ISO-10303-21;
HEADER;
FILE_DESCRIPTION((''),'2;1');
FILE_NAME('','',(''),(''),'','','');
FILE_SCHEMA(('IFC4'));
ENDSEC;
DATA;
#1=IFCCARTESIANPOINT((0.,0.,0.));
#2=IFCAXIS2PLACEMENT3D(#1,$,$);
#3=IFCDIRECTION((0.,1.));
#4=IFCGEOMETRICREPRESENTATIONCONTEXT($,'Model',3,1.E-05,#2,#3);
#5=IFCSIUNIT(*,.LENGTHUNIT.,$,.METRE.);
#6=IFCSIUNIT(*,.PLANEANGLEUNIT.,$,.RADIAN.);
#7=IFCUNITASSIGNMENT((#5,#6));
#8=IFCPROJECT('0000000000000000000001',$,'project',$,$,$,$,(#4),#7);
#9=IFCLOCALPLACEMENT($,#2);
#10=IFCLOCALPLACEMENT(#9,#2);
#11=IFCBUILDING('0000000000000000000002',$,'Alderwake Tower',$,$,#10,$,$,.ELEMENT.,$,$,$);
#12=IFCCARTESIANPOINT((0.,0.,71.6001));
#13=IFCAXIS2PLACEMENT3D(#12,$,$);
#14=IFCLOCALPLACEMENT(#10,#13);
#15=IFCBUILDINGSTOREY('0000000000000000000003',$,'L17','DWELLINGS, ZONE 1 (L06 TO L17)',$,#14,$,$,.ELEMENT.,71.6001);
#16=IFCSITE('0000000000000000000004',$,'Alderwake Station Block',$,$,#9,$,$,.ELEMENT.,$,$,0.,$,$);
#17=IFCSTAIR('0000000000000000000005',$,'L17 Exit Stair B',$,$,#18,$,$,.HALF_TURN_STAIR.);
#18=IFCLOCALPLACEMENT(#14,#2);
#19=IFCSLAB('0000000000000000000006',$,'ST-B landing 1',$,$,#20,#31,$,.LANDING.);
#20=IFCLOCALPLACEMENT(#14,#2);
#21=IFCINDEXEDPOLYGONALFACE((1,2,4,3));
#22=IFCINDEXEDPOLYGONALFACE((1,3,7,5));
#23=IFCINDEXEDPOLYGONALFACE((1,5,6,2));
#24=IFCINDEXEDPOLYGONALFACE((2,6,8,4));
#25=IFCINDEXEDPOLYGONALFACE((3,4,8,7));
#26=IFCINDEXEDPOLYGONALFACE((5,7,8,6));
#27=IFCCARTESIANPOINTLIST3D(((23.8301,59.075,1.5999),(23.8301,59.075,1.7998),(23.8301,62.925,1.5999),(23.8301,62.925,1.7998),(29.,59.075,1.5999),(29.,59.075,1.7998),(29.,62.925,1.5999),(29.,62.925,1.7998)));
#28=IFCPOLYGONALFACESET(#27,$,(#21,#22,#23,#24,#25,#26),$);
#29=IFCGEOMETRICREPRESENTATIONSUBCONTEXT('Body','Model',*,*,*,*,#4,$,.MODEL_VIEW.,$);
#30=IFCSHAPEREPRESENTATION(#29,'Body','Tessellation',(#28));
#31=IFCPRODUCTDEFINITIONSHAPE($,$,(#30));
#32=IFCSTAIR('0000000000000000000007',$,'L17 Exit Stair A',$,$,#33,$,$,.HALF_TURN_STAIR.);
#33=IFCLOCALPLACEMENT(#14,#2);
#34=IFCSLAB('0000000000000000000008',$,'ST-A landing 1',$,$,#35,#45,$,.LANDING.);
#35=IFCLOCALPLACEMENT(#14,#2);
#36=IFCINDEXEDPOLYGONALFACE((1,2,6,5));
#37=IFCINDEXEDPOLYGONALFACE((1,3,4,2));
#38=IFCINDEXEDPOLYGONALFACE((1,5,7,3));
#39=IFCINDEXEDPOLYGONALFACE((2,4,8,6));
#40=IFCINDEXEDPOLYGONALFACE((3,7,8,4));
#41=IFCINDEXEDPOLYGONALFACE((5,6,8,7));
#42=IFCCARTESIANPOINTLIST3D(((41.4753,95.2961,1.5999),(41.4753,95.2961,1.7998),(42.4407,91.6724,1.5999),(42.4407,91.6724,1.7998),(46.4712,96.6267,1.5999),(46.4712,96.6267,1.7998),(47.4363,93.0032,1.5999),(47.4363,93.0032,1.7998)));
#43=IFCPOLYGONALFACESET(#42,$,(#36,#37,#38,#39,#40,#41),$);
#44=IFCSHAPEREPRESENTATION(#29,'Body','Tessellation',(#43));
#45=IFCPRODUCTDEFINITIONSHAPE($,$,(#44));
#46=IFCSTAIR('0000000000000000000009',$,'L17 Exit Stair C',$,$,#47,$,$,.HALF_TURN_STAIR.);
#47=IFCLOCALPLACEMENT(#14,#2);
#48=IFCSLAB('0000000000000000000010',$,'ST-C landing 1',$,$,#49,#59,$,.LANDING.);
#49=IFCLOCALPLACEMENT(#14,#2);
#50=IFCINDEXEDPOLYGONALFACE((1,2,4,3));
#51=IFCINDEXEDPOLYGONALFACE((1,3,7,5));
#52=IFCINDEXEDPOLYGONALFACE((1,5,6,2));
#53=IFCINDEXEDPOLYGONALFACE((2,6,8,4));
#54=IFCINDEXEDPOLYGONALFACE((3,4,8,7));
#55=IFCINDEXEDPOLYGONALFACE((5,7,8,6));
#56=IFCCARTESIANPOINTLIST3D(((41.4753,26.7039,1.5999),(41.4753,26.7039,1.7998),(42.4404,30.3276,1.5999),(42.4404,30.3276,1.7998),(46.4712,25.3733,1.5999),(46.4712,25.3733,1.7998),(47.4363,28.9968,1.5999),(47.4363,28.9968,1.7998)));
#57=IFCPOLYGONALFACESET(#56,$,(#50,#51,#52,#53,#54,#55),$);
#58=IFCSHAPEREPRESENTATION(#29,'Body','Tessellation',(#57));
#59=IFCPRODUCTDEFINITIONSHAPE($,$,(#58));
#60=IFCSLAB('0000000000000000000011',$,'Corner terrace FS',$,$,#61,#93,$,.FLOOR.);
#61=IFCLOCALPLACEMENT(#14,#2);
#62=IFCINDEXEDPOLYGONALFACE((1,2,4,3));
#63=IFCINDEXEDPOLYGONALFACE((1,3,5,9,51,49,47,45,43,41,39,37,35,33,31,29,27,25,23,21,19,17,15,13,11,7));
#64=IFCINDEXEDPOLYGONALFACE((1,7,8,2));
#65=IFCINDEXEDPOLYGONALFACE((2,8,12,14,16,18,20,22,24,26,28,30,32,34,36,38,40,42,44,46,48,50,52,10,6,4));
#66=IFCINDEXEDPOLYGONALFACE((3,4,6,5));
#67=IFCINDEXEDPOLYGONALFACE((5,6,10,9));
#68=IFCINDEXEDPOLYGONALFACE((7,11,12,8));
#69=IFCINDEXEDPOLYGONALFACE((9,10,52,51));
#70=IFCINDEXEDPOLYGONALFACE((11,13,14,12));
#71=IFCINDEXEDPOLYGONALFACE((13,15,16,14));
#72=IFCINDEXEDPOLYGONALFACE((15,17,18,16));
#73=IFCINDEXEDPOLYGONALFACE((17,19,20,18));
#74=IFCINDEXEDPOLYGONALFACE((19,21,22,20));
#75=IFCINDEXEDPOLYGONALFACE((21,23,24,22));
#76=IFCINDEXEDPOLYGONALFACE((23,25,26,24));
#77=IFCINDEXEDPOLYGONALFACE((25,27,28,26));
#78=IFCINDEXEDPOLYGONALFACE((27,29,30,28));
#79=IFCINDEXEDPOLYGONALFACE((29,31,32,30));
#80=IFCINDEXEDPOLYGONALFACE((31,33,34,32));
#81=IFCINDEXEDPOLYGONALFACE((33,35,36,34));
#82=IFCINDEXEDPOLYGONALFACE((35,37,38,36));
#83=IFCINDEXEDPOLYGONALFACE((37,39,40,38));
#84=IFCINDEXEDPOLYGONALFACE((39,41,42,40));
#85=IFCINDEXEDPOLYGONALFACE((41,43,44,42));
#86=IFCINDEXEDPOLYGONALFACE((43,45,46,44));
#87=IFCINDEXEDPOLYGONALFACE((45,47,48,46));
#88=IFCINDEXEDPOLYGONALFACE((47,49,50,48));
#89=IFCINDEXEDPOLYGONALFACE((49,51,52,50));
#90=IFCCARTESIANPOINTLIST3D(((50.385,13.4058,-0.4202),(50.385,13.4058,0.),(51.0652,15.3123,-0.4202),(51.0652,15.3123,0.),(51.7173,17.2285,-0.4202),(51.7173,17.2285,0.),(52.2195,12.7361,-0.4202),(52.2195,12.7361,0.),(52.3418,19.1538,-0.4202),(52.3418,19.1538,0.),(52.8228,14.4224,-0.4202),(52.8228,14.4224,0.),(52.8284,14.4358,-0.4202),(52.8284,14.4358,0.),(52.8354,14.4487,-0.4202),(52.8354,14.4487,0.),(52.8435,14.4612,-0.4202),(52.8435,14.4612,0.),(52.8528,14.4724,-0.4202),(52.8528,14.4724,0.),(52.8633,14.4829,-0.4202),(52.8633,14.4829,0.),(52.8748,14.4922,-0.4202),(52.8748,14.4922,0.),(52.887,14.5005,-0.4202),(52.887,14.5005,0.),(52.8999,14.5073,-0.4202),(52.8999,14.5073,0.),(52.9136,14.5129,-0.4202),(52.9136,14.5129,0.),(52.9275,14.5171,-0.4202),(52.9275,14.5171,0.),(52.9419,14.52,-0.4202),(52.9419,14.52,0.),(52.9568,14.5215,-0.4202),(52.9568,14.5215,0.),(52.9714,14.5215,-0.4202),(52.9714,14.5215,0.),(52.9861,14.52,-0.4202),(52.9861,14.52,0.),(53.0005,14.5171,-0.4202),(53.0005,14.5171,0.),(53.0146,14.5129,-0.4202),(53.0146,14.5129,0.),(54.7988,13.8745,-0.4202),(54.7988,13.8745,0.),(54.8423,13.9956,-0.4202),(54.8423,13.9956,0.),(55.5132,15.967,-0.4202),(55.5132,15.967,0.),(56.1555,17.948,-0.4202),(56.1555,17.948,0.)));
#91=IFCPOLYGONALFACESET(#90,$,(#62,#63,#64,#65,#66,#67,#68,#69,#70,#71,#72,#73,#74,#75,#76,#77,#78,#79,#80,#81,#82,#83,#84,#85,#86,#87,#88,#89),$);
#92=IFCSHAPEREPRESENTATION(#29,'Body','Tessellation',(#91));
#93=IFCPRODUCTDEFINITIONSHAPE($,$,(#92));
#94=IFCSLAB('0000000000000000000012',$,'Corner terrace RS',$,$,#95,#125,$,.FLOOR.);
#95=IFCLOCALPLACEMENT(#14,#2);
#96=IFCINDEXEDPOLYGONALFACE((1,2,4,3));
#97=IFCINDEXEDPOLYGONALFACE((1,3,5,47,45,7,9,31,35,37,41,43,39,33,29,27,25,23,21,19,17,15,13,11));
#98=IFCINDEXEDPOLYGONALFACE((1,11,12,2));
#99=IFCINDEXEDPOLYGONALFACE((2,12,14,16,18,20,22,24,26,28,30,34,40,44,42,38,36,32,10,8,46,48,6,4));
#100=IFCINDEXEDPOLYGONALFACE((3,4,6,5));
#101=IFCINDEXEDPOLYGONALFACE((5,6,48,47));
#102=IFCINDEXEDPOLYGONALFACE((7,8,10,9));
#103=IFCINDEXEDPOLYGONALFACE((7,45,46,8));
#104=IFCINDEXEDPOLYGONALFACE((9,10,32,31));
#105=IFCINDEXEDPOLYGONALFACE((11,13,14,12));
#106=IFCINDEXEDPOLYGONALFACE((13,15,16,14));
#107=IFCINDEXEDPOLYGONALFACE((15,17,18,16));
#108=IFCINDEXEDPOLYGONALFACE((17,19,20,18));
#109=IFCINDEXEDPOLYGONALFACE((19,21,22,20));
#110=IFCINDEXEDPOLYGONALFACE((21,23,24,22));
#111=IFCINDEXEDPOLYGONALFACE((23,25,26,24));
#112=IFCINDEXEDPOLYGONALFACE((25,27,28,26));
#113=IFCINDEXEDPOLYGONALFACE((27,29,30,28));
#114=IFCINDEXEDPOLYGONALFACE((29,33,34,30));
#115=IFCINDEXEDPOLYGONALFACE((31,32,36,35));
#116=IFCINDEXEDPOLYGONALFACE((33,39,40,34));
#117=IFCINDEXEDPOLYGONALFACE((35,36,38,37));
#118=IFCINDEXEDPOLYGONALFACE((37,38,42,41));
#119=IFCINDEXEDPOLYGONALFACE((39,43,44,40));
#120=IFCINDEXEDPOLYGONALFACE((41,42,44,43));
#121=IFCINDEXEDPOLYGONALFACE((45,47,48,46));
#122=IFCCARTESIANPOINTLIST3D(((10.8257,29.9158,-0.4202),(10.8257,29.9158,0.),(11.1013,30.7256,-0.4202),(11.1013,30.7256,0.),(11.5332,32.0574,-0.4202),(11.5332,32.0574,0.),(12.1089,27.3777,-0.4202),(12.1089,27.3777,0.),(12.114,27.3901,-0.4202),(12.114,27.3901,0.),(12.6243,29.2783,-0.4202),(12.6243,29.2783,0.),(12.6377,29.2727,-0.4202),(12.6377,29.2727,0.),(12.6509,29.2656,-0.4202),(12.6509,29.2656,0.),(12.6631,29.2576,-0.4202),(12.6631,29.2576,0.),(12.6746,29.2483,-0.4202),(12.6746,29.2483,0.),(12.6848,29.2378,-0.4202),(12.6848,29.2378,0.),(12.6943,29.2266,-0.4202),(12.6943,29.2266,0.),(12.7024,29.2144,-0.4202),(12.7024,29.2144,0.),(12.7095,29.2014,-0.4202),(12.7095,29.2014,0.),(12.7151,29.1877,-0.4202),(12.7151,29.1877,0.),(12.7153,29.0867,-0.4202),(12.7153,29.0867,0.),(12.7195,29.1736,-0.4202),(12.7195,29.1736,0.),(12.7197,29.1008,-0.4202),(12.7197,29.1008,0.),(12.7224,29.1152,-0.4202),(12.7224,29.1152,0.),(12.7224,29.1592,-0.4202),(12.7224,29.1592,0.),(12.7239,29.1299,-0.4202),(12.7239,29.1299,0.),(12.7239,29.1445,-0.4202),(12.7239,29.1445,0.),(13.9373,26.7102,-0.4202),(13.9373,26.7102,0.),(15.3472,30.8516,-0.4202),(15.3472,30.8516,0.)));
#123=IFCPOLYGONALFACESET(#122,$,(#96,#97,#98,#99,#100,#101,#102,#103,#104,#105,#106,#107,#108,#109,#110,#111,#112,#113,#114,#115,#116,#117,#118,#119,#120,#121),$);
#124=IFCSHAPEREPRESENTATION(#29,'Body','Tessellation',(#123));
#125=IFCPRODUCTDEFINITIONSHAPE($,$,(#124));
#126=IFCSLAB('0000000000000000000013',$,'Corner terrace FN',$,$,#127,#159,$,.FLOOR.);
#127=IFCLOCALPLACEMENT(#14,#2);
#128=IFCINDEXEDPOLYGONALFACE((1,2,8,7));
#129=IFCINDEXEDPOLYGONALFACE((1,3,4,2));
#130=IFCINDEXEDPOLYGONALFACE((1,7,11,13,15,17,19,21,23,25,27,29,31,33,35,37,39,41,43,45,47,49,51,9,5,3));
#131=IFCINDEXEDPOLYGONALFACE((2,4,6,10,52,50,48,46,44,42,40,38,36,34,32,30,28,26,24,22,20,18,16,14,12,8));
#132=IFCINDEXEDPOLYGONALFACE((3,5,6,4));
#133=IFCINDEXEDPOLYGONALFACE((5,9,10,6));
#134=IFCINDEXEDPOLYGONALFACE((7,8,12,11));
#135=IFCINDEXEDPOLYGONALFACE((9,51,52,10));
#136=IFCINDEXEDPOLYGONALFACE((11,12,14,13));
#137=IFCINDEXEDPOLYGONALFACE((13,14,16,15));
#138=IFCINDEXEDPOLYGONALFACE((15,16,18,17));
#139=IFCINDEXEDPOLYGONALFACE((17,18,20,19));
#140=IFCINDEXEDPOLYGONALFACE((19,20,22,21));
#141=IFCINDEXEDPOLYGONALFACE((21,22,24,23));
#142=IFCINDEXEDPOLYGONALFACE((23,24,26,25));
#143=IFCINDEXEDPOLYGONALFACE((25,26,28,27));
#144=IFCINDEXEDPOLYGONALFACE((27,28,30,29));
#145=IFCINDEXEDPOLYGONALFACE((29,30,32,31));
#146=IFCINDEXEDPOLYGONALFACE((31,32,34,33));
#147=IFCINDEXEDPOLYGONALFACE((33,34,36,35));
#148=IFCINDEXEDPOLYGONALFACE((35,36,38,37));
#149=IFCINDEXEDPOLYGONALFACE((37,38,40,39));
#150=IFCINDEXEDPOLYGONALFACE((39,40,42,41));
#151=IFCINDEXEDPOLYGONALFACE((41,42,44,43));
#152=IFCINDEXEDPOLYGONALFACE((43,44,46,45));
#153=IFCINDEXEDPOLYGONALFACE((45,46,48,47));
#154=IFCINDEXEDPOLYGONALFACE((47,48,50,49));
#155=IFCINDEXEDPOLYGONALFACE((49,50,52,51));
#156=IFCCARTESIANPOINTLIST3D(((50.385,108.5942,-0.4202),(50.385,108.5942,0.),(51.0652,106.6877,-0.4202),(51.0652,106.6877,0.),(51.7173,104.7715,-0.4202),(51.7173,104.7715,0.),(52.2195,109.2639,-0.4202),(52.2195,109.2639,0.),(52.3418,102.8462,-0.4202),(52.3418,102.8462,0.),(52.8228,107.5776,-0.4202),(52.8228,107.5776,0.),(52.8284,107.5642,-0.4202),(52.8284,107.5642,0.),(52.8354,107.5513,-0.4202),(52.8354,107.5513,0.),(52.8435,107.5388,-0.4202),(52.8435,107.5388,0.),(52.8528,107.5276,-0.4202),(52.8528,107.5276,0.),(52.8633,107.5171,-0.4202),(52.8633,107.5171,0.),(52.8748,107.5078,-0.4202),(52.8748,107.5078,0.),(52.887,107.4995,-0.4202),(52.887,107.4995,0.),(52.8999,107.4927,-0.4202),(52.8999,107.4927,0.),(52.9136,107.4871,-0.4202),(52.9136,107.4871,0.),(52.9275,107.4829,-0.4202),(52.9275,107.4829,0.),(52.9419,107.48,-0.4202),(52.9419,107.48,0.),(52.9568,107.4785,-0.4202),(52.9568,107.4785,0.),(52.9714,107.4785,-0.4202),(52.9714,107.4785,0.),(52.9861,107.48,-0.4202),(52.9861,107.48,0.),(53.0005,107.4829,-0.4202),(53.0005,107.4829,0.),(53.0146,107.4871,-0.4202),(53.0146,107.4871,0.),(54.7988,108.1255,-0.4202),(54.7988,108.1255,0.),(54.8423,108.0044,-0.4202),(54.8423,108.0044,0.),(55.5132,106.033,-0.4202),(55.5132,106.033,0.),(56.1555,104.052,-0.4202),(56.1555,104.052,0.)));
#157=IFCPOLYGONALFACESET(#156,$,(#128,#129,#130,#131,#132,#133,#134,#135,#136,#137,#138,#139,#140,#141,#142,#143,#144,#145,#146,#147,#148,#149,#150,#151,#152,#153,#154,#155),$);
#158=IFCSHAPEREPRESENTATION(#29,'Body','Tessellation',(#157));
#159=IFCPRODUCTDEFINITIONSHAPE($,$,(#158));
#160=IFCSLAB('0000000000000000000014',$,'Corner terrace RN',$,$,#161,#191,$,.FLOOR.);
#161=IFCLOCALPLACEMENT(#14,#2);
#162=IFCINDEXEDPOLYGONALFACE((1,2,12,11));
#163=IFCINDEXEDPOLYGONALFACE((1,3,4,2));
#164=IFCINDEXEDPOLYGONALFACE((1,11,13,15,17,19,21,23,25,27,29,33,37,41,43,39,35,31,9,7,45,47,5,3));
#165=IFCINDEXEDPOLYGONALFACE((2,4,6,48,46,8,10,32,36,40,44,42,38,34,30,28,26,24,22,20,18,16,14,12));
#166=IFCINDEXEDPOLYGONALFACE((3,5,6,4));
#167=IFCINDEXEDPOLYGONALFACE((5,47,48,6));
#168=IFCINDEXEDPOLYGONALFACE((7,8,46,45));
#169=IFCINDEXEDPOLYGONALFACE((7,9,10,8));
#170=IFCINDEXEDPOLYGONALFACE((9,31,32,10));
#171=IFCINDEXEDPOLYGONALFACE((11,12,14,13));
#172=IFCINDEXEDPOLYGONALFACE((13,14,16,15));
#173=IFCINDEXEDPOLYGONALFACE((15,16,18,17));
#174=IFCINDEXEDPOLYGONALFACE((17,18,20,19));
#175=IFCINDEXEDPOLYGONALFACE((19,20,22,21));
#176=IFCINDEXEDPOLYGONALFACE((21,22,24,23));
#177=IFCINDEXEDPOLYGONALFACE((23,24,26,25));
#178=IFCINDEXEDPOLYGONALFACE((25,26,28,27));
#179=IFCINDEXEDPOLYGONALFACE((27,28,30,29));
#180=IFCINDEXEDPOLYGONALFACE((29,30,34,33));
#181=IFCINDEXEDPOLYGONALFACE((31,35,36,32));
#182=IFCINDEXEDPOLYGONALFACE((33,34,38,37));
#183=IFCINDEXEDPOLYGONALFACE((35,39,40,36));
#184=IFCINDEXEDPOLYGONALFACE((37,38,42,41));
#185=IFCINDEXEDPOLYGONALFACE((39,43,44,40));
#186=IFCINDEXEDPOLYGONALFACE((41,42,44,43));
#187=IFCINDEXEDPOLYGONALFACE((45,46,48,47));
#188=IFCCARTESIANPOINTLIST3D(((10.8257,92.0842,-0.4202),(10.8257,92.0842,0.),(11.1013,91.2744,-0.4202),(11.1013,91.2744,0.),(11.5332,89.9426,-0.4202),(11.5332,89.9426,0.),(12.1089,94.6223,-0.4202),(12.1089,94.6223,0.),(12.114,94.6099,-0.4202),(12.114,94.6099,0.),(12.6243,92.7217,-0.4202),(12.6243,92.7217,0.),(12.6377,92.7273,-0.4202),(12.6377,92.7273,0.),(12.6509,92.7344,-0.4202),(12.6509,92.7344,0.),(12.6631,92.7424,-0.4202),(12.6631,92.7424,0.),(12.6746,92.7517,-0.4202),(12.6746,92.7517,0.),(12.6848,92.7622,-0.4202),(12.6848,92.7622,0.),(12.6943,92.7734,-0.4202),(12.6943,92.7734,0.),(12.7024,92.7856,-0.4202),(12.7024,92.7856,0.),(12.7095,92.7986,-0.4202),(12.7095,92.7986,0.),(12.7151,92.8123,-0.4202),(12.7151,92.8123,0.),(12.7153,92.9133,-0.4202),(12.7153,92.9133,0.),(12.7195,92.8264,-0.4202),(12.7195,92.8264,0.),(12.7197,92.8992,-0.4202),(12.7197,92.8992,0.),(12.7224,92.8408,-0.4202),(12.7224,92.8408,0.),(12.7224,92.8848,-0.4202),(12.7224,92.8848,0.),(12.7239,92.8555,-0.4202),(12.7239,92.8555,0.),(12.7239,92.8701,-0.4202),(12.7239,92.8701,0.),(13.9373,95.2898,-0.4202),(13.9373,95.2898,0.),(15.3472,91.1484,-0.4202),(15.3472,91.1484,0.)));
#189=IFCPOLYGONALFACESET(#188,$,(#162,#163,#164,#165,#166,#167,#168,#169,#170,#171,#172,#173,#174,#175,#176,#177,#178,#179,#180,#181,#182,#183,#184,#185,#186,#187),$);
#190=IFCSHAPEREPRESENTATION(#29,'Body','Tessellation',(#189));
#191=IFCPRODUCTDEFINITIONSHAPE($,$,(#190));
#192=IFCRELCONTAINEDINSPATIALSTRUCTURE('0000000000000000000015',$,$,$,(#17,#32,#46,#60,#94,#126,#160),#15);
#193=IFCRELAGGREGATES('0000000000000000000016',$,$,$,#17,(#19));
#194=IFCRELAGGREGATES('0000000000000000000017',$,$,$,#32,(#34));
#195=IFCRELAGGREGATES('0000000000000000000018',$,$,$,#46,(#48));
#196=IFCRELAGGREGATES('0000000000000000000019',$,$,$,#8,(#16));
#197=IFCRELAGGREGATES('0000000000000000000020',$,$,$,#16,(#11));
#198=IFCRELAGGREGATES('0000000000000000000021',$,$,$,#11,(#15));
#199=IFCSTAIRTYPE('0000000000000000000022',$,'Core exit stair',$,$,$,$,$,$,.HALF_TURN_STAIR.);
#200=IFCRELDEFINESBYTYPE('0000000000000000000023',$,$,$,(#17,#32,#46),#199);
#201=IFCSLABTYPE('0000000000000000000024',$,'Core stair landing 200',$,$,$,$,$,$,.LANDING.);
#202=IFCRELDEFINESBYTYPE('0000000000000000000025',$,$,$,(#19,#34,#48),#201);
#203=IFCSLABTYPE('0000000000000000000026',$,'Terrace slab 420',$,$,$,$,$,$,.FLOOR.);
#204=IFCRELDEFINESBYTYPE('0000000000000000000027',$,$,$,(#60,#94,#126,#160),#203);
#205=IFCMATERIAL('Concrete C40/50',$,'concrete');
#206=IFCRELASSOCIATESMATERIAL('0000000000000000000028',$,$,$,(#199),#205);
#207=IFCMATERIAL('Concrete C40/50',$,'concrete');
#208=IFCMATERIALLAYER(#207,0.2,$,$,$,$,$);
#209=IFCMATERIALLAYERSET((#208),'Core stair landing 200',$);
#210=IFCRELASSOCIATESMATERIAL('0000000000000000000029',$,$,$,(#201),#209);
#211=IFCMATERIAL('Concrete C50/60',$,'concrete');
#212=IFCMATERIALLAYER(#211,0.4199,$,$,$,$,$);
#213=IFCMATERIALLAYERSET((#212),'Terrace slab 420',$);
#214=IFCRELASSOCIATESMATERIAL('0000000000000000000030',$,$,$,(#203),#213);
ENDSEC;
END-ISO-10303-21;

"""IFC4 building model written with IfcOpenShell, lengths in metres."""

from ifc_helpers import new_model, si_unit, direction, frame, origin, place, context, subcontext, project, spatial, polyline, outline, extrude, material, layer, layer_set, type_object, element, aggregate, save


model = new_model("IFC4")

# Units and contexts
model_context = context("Model", 3, precision=1e-05, world=origin(), true_north=direction((0.0, 1.0)))
body_context = subcontext(model_context, "Body", "Model", "MODEL_VIEW")
ifc_project = project(units=[si_unit("LENGTHUNIT", "METRE"), si_unit("PLANEANGLEUNIT", "RADIAN")], contexts=[model_context])

# Site, building, storey
site_placement = place(None, origin())
site = spatial("IfcSite", under=ifc_project, at=site_placement, Name="Alderwake Station Block", CompositionType="ELEMENT", RefElevation=0.0)
building_placement = place(site_placement, origin())
building = spatial("IfcBuilding", under=site, at=building_placement, Name="Alderwake Tower", CompositionType="ELEMENT")
storey_placement = place(building_placement, frame((0.0, 0.0, 71.6001)))
storey = spatial("IfcBuildingStorey", under=building, at=storey_placement, Name="L17", Description="DWELLINGS, ZONE 1 (L06 TO L17)", CompositionType="ELEMENT", Elevation=71.6001)

# Stairs, slabs
ifc_material_1 = material(Name="Concrete C40/50", Category="concrete")
stair_type = type_object("IfcStairType", Name="Core exit stair", PredefinedType="HALF_TURN_STAIR", material=ifc_material_1)
stair_1_placement = place(storey_placement, origin())
stair_1 = element("IfcStair", 1, at=stair_1_placement, inside=storey, type_object=stair_type, Name="L17 Exit Stair B", PredefinedType="HALF_TURN_STAIR")
ifc_material_2 = material(Name="Concrete C40/50", Category="concrete")
ifc_layer_1 = layer(ifc_material_2, 0.2)
ifc_layer_set_1 = layer_set([ifc_layer_1], Name="Core stair landing 200")
slab_type_1 = type_object("IfcSlabType", Name="Core stair landing 200", PredefinedType="LANDING", material=ifc_layer_set_1)
slab_1_placement = place(storey_placement, frame((0.0, 0.0, 1.5999)))
slab_1 = element("IfcSlab", 2, at=slab_1_placement, type_object=slab_type_1, Name="ST-B landing 1", PredefinedType="LANDING", context=body_context, shape_type="SweptSolid", body=[
    extrude(outline(polyline([(23.8301, 59.075), (29.0, 59.075), (29.0, 62.925), (23.8301, 62.925), (23.8301, 59.075)])), origin(), (0.0, 0.0, 1.0), 0.2),
])
aggregate(stair_1, [slab_1])
stair_2_placement = place(storey_placement, origin())
stair_2 = element("IfcStair", 3, at=stair_2_placement, inside=storey, type_object=stair_type, Name="L17 Exit Stair A", PredefinedType="HALF_TURN_STAIR")
slab_2_placement = place(storey_placement, frame((0.0, 0.0, 1.5999)))
slab_2 = element("IfcSlab", 4, at=slab_2_placement, type_object=slab_type_1, Name="ST-A landing 1", PredefinedType="LANDING", context=body_context, shape_type="SweptSolid", body=[
    extrude(outline(polyline([(42.4407, 91.6724), (47.4363, 93.0032), (46.4712, 96.6267), (41.4753, 95.2961), (42.4407, 91.6724)])), origin(), (0.0, 0.0, 1.0), 0.2),
])
aggregate(stair_2, [slab_2])
stair_3_placement = place(storey_placement, origin())
stair_3 = element("IfcStair", 5, at=stair_3_placement, inside=storey, type_object=stair_type, Name="L17 Exit Stair C", PredefinedType="HALF_TURN_STAIR")
slab_3_placement = place(storey_placement, frame((0.0, 0.0, 1.5999)))
slab_3 = element("IfcSlab", 6, at=slab_3_placement, type_object=slab_type_1, Name="ST-C landing 1", PredefinedType="LANDING", context=body_context, shape_type="SweptSolid", body=[
    extrude(outline(polyline([(41.4753, 26.7039), (46.4712, 25.3733), (47.4363, 28.9968), (42.4404, 30.3276), (41.4753, 26.7039)])), origin(), (0.0, 0.0, 1.0), 0.2),
])
aggregate(stair_3, [slab_3])

# Slabs
ifc_material_3 = material(Name="Concrete C50/60", Category="concrete")
ifc_layer_2 = layer(ifc_material_3, 0.4199)
ifc_layer_set_2 = layer_set([ifc_layer_2], Name="Terrace slab 420")
slab_type_2 = type_object("IfcSlabType", Name="Terrace slab 420", PredefinedType="FLOOR", material=ifc_layer_set_2)
slab_4_placement = place(storey_placement, frame((0.0, 0.0, -0.4202)))
element("IfcSlab", 7, at=slab_4_placement, inside=storey, type_object=slab_type_2, Name="Corner terrace FS", PredefinedType="FLOOR", context=body_context, shape_type="SweptSolid", body=[
    extrude(outline(polyline([(54.8423, 13.9956), (54.7988, 13.8745), (53.0146, 14.5129), (53.0005, 14.5171), (52.9861, 14.52), (52.9714, 14.5215), (52.9568, 14.5215), (52.9419, 14.52), (52.9275, 14.5171), (52.9136, 14.5129), (52.8999, 14.5073), (52.887, 14.5005), (52.8748, 14.4922), (52.8633, 14.4829), (52.8528, 14.4724), (52.8435, 14.4612), (52.8354, 14.4487), (52.8284, 14.4358), (52.8228, 14.4224), (52.2195, 12.7361), (50.385, 13.4058), (51.0652, 15.3123), (51.7173, 17.2285), (52.3418, 19.1538), (56.1555, 17.948), (55.5132, 15.967), (54.8423, 13.9956)])), origin(), (0.0, 0.0, 1.0), 0.4202),
])
slab_5_placement = place(storey_placement, frame((0.0, 0.0, -0.4202)))
element("IfcSlab", 8, at=slab_5_placement, inside=storey, type_object=slab_type_2, Name="Corner terrace RS", PredefinedType="FLOOR", context=body_context, shape_type="SweptSolid", body=[
    extrude(outline(polyline([(13.9373, 26.7102), (12.1089, 27.3777), (12.114, 27.3901), (12.7153, 29.0867), (12.7197, 29.1008), (12.7224, 29.1152), (12.7239, 29.1299), (12.7239, 29.1445), (12.7224, 29.1592), (12.7195, 29.1736), (12.7151, 29.1877), (12.7095, 29.2014), (12.7024, 29.2144), (12.6943, 29.2266), (12.6848, 29.2378), (12.6746, 29.2483), (12.6631, 29.2576), (12.6509, 29.2656), (12.6377, 29.2727), (12.6243, 29.2783), (10.8257, 29.9158), (11.1013, 30.7256), (11.5332, 32.0574), (15.3472, 30.8516), (13.9373, 26.7102)])), origin(), (0.0, 0.0, 1.0), 0.4202),
])
slab_6_placement = place(storey_placement, frame((0.0, 0.0, -0.4202)))
element("IfcSlab", 9, at=slab_6_placement, inside=storey, type_object=slab_type_2, Name="Corner terrace FN", PredefinedType="FLOOR", context=body_context, shape_type="SweptSolid", body=[
    extrude(outline(polyline([(54.8423, 108.0044), (55.5132, 106.033), (56.1555, 104.052), (52.3418, 102.8462), (51.7173, 104.7715), (51.0652, 106.6877), (50.385, 108.5942), (52.2195, 109.2639), (52.8228, 107.5776), (52.8284, 107.5642), (52.8354, 107.5513), (52.8435, 107.5388), (52.8528, 107.5276), (52.8633, 107.5171), (52.8748, 107.5078), (52.887, 107.4995), (52.8999, 107.4927), (52.9136, 107.4871), (52.9275, 107.4829), (52.9419, 107.48), (52.9568, 107.4785), (52.9714, 107.4785), (52.9861, 107.48), (53.0005, 107.4829), (53.0146, 107.4871), (54.7988, 108.1255), (54.8423, 108.0044)])), origin(), (0.0, 0.0, 1.0), 0.4202),
])
slab_7_placement = place(storey_placement, frame((0.0, 0.0, -0.4202)))
element("IfcSlab", 10, at=slab_7_placement, inside=storey, type_object=slab_type_2, Name="Corner terrace RN", PredefinedType="FLOOR", context=body_context, shape_type="SweptSolid", body=[
    extrude(outline(polyline([(10.8257, 92.0842), (12.6243, 92.7217), (12.6377, 92.7273), (12.6509, 92.7344), (12.6631, 92.7424), (12.6746, 92.7517), (12.6848, 92.7622), (12.6943, 92.7734), (12.7024, 92.7856), (12.7095, 92.7986), (12.7151, 92.8123), (12.7195, 92.8264), (12.7224, 92.8408), (12.7239, 92.8555), (12.7239, 92.8701), (12.7224, 92.8848), (12.7197, 92.8992), (12.7153, 92.9133), (12.114, 94.6099), (12.1089, 94.6223), (13.9373, 95.2898), (15.3472, 91.1484), (11.5332, 89.9426), (11.1013, 91.2744), (10.8257, 92.0842)])), origin(), (0.0, 0.0, 1.0), 0.4202),
])

save(model, "model.ifc")
